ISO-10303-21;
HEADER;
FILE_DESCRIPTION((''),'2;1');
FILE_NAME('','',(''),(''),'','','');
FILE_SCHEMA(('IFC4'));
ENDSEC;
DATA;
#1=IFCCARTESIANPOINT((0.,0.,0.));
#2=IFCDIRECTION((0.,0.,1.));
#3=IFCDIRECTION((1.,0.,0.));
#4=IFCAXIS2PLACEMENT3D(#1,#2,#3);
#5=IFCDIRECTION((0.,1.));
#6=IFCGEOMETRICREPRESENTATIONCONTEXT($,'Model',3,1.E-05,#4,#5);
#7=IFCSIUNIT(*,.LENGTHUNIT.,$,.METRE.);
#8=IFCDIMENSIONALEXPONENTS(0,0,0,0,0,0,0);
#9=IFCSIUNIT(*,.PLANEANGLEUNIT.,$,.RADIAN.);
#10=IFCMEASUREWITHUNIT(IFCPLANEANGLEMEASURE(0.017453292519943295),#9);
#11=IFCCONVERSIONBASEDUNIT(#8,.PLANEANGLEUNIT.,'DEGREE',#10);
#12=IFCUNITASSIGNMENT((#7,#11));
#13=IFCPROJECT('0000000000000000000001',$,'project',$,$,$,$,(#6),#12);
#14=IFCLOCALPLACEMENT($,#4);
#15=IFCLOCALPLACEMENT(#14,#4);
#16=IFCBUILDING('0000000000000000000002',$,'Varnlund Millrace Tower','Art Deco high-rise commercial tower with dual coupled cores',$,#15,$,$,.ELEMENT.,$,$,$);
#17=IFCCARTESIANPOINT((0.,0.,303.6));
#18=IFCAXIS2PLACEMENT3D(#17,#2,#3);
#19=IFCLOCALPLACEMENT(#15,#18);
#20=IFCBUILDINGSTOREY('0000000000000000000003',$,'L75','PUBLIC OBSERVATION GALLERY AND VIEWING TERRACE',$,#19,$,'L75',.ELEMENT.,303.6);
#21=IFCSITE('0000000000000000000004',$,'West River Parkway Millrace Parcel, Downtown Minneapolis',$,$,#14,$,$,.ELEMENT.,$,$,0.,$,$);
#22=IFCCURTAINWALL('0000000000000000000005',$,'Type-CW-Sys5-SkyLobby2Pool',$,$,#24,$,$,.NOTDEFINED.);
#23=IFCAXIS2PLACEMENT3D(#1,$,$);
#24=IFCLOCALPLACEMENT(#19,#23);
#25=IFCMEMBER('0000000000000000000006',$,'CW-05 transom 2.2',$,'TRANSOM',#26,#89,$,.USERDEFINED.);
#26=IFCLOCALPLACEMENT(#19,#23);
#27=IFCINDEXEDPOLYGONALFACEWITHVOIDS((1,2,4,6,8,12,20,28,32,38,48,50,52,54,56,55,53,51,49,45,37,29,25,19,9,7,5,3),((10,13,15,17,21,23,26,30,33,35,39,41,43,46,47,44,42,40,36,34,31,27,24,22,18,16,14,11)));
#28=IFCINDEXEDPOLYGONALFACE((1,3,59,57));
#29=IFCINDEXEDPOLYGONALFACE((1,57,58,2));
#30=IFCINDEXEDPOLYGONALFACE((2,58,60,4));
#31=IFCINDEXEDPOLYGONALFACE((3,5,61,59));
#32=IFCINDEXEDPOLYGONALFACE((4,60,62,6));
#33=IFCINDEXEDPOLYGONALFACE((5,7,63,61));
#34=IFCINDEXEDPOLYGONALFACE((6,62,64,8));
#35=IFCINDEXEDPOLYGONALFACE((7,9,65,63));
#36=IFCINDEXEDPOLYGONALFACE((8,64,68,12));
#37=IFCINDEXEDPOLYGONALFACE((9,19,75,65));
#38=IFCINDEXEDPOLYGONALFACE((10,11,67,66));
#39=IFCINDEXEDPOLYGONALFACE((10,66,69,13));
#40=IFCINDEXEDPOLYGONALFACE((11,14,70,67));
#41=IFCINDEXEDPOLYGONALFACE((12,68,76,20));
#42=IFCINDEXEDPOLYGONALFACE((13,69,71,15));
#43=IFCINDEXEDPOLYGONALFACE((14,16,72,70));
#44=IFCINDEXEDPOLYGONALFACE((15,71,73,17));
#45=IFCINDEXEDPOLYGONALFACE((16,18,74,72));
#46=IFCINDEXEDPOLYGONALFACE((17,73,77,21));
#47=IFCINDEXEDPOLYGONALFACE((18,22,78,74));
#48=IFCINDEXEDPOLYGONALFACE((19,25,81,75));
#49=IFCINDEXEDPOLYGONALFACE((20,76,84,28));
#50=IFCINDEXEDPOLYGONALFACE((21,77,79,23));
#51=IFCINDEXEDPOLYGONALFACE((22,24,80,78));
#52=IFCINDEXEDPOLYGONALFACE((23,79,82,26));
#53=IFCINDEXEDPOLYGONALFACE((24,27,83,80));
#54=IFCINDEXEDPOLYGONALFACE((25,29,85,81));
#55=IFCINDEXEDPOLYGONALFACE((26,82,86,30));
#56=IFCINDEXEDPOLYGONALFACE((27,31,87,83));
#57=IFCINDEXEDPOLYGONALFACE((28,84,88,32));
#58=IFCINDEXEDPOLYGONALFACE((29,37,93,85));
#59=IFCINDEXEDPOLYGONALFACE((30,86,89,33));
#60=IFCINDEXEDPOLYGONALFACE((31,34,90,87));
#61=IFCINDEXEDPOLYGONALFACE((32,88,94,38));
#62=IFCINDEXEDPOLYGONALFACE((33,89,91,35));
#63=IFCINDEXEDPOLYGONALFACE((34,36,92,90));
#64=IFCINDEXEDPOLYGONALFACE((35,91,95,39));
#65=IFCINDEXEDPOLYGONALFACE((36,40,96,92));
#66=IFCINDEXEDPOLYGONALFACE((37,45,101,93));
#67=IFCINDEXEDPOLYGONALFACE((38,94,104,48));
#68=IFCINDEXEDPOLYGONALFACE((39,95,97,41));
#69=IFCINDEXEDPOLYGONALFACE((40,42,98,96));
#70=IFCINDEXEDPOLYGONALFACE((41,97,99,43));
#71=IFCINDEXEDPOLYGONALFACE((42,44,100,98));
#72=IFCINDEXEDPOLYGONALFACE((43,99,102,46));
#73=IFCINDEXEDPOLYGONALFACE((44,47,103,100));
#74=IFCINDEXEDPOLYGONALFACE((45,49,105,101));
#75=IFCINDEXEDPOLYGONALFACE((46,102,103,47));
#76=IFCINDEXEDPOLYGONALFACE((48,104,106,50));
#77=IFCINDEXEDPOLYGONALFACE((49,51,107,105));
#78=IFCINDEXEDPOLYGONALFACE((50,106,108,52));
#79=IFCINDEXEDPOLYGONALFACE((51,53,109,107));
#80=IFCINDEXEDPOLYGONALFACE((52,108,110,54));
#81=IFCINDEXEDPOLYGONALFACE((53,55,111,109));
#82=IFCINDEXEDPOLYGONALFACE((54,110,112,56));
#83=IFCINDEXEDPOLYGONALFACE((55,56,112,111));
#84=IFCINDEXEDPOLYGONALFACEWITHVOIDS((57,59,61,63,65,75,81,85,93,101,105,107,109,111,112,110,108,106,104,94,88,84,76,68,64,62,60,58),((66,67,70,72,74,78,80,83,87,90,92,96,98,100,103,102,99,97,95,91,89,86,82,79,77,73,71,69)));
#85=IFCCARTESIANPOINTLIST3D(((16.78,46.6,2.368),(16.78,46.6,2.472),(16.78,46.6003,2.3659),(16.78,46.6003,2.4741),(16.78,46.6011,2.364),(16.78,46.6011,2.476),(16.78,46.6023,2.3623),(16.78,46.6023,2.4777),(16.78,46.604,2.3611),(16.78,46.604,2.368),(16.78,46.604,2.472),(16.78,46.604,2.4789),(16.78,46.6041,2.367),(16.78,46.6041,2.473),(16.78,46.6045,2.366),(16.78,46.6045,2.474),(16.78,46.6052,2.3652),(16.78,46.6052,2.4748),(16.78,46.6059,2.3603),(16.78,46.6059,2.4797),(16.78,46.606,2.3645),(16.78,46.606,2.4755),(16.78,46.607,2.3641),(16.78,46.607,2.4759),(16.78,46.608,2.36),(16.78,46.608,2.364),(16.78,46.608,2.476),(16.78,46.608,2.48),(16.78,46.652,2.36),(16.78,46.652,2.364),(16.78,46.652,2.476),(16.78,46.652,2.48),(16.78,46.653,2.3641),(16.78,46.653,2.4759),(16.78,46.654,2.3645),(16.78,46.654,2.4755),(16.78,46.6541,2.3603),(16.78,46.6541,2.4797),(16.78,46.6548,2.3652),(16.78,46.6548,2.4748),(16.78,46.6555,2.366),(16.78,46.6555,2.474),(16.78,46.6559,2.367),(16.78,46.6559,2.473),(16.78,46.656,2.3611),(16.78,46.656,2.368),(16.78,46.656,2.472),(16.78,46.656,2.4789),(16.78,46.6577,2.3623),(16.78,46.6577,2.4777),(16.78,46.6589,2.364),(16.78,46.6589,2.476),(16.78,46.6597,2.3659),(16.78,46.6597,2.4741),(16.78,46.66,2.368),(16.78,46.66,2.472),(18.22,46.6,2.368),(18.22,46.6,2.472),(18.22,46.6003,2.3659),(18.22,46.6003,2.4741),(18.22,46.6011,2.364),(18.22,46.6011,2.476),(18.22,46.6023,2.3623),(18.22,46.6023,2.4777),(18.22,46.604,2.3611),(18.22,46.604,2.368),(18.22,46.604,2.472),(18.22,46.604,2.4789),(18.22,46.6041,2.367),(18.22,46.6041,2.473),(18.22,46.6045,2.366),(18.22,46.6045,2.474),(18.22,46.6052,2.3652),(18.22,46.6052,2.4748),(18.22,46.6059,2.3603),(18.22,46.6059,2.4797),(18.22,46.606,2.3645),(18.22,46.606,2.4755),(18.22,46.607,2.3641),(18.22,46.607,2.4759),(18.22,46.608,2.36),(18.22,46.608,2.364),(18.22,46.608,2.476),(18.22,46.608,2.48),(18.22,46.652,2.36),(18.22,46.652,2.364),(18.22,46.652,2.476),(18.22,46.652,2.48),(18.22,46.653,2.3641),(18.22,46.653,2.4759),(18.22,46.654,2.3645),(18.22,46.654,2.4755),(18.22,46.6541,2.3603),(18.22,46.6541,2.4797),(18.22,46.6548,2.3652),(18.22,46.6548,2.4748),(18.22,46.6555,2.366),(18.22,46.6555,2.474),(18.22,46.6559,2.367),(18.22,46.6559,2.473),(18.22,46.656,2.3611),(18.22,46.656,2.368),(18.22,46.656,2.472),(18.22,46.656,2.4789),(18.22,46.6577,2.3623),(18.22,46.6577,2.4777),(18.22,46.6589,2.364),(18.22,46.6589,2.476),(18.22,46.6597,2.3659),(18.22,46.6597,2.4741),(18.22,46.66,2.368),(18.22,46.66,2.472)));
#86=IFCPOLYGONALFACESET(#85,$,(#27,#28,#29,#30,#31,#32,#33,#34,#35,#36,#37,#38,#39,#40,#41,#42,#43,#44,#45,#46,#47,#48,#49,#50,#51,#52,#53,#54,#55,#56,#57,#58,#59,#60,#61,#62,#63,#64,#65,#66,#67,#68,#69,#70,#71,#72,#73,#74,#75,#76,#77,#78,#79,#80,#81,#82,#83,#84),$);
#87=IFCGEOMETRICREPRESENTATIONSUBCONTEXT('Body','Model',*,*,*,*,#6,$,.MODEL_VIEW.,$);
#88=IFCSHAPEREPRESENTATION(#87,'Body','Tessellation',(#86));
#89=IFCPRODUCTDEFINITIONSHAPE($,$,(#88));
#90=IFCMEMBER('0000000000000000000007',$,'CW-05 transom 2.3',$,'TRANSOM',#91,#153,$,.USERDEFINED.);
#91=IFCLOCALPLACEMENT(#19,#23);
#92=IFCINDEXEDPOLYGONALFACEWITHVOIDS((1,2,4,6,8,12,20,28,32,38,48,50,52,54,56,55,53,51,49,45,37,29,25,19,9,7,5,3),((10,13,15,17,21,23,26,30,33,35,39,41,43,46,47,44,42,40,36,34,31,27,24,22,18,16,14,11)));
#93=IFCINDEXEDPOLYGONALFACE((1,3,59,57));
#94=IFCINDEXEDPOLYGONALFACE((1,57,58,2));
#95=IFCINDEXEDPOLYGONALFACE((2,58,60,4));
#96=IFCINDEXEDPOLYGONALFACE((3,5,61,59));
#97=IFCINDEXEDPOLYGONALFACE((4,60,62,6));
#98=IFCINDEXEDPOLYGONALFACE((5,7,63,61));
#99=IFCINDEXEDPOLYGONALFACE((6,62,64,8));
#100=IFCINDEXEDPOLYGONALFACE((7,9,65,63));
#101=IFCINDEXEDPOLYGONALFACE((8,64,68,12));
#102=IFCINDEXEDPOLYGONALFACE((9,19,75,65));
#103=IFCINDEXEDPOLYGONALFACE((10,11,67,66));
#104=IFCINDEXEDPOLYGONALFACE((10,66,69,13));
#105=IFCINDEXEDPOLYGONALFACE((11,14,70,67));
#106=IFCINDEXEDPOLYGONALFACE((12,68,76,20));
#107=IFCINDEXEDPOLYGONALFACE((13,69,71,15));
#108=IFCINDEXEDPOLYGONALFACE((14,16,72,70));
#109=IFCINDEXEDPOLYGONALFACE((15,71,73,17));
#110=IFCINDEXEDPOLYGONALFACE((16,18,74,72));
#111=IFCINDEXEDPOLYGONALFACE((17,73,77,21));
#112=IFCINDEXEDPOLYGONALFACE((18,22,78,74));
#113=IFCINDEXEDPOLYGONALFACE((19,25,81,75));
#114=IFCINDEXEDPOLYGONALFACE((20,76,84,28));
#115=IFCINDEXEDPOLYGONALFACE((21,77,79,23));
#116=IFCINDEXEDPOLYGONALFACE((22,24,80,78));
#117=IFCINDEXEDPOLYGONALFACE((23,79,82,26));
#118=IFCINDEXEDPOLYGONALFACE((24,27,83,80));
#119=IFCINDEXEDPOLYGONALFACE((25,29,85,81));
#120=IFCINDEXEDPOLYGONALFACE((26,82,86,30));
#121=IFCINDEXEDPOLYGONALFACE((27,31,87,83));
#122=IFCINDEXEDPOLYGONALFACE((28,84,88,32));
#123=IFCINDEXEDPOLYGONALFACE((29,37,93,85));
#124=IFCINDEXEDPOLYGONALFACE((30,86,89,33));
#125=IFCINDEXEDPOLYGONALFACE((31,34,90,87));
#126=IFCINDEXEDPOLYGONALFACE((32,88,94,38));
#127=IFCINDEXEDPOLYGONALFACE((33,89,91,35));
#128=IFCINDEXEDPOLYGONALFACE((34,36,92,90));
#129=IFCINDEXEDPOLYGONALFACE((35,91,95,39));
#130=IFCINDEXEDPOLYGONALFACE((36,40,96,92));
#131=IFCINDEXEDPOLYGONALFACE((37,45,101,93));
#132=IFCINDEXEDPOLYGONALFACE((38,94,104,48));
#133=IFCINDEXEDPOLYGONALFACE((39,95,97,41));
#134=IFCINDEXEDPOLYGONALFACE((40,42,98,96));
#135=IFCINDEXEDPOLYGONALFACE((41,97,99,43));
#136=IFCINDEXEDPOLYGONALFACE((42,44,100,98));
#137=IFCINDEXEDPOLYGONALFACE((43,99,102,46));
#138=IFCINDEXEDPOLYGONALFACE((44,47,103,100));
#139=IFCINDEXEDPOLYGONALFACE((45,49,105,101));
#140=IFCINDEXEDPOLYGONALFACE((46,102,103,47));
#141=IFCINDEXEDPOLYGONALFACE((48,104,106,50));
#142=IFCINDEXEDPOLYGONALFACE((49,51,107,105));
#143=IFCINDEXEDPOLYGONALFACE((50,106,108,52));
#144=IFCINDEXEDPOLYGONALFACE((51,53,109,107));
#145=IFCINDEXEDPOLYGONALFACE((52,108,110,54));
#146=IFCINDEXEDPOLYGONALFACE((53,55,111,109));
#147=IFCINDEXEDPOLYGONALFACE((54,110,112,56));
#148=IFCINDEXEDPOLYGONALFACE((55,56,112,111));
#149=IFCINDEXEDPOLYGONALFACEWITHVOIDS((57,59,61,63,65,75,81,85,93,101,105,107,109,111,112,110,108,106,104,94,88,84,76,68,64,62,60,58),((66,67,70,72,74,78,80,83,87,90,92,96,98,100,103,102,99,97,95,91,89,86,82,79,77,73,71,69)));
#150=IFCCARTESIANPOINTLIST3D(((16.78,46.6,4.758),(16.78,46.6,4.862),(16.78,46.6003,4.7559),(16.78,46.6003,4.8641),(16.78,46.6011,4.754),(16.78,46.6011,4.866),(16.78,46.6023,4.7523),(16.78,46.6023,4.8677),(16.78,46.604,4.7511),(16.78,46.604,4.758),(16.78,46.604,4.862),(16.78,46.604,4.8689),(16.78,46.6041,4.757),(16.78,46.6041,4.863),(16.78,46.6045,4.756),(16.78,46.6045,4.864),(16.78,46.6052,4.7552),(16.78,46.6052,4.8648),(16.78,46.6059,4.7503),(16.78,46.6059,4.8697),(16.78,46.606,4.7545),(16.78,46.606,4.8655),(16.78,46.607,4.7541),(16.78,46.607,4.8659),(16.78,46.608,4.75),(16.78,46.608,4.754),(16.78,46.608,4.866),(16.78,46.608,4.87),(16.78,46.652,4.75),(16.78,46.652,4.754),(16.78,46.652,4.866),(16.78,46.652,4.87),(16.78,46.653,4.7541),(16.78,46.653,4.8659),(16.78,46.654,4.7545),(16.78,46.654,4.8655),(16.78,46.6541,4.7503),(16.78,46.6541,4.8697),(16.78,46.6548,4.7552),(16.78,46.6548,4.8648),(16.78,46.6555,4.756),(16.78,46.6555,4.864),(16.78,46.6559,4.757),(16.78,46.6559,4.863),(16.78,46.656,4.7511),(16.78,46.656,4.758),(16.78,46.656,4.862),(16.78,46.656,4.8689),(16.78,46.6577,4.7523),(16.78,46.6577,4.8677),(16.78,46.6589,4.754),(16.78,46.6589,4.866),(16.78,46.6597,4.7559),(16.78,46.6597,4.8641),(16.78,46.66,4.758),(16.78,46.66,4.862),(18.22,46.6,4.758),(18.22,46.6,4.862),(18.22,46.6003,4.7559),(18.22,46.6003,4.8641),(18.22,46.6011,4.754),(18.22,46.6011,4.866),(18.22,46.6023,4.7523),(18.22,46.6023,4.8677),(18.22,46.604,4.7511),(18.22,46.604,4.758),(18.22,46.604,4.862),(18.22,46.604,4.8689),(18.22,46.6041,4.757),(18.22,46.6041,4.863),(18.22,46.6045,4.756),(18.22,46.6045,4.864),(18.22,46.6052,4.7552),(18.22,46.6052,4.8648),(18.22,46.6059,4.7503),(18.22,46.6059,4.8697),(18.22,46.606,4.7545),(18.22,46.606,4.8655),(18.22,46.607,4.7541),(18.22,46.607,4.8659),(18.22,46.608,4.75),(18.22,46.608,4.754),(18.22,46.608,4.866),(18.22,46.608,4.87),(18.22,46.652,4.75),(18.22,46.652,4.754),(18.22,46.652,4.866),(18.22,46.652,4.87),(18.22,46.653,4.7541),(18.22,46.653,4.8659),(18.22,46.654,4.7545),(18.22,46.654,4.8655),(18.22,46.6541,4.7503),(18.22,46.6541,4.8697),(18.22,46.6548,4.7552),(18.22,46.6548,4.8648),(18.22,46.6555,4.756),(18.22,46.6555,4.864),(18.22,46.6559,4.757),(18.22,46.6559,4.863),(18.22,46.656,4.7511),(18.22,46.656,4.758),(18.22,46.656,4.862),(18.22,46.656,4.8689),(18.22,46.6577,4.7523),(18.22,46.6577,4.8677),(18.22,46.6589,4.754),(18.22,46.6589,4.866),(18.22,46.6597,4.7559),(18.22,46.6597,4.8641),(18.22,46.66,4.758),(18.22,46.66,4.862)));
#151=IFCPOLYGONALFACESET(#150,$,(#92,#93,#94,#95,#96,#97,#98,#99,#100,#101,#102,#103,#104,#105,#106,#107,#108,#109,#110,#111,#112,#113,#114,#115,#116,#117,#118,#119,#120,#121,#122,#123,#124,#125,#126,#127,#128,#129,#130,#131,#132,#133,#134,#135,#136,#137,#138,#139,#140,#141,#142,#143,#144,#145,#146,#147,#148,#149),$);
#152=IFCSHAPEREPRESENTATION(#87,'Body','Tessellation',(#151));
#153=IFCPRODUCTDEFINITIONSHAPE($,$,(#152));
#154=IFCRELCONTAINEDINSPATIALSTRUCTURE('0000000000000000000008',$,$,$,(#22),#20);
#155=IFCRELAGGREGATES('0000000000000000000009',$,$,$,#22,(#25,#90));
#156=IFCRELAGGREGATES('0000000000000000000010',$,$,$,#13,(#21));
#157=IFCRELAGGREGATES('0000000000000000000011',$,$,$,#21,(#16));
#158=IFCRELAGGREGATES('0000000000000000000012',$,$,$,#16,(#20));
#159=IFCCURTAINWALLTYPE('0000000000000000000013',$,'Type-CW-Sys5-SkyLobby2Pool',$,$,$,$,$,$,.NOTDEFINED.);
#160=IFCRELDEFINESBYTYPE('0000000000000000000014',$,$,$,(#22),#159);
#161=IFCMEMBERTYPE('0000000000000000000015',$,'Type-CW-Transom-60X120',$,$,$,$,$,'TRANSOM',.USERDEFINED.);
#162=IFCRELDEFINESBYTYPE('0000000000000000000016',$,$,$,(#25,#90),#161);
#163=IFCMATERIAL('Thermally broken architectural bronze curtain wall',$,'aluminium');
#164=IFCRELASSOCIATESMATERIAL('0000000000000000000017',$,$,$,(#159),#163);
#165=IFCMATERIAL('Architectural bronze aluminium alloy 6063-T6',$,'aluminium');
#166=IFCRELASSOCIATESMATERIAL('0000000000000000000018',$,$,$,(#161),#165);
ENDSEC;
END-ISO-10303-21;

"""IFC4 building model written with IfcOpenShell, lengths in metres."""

from ifc_helpers import new_model, entity, si_unit, converted_unit, direction, frame, origin_with_axes, origin_2d_with_axis, place, context, subcontext, project, spatial, hollow_rectangle, extrude, material, material_profile, profile_set, type_object, element, aggregate, save


model = new_model("IFC4")

# Units and contexts
model_context = context("Model", 3, precision=1e-05, world=origin_with_axes(), true_north=direction((0.0, 1.0)))
body_context = subcontext(model_context, "Body", "Model", "MODEL_VIEW")
ifc_project = project(units=[si_unit("LENGTHUNIT", "METRE"), converted_unit("PLANEANGLEUNIT", "DEGREE", entity("IfcPlaneAngleMeasure", 0.017453292519943295), si_unit("PLANEANGLEUNIT", "RADIAN"), dimensions=[0, 0, 0, 0, 0, 0, 0])], contexts=[model_context])

# Site, building, storey
site_placement = place(None, origin_with_axes())
site = spatial("IfcSite", under=ifc_project, at=site_placement, Name="West River Parkway Millrace Parcel, Downtown Minneapolis", CompositionType="ELEMENT", RefElevation=0.0)
building_placement = place(site_placement, origin_with_axes())
building = spatial("IfcBuilding", under=site, at=building_placement, Name="Varnlund Millrace Tower", Description="Art Deco high-rise commercial tower with dual coupled cores", CompositionType="ELEMENT")
storey_placement = place(building_placement, frame((0.0, 0.0, 303.6), z_axis=(0.0, 0.0, 1.0), x_axis=(1.0, 0.0, 0.0)))
storey = spatial("IfcBuildingStorey", under=building, at=storey_placement, Name="L75", Description="PUBLIC OBSERVATION GALLERY AND VIEWING TERRACE", LongName="L75", CompositionType="ELEMENT", Elevation=303.6)

# Curtain wall, members
ifc_material_1 = material(Name="Thermally broken architectural bronze curtain wall", Category="aluminium")
curtain_wall_type = type_object("IfcCurtainWallType", Name="Type-CW-Sys5-SkyLobby2Pool", PredefinedType="NOTDEFINED", material=ifc_material_1)
curtain_wall_placement = place(storey_placement, frame((15.25, 46.63, 0.0), z_axis=(0.0, 0.0, 1.0), x_axis=(1.0, 0.0, 0.0)))
curtain_wall = element("IfcCurtainWall", 1, at=curtain_wall_placement, inside=storey, type_object=curtain_wall_type, Name="Type-CW-Sys5-SkyLobby2Pool", PredefinedType="NOTDEFINED")
ifc_material_2 = material(Name="Architectural bronze aluminium alloy 6063-T6", Category="aluminium")
ifc_material_profile_1 = material_profile(ifc_material_2, hollow_rectangle(XDim=0.06, YDim=0.12, WallThickness=0.004, InnerFilletRadius=0.004, OuterFilletRadius=0.008, at=origin_2d_with_axis()), Name="Architectural bronze aluminium alloy 6063-T6")
ifc_profile_set_1 = profile_set([ifc_material_profile_1], Name="Architectural bronze aluminium alloy 6063-T6")
member_type = type_object("IfcMemberType", Name="Type-CW-Transom-60X120", ElementType="TRANSOM", PredefinedType="USERDEFINED", material=ifc_profile_set_1)
member_1_placement = place(storey_placement, frame((16.78, 46.63, 2.42), z_axis=(1.0, 0.0, 0.0), x_axis=(0.0, 1.0, 0.0)))
member_1 = element("IfcMember", 2, at=member_1_placement, type_object=member_type, Name="CW-05 transom 2.2", ObjectType="TRANSOM", PredefinedType="USERDEFINED", context=body_context, shape_type="SweptSolid", body=[
    extrude(hollow_rectangle(XDim=0.06, YDim=0.12, WallThickness=0.004, InnerFilletRadius=0.004, OuterFilletRadius=0.008, at=origin_2d_with_axis()), origin_with_axes(), (0.0, 0.0, 1.0), 1.44),
])
member_2_placement = place(storey_placement, frame((16.78, 46.63, 4.81), z_axis=(1.0, 0.0, 0.0), x_axis=(0.0, 1.0, 0.0)))
member_2 = element("IfcMember", 3, at=member_2_placement, type_object=member_type, Name="CW-05 transom 2.3", ObjectType="TRANSOM", PredefinedType="USERDEFINED", context=body_context, shape_type="SweptSolid", body=[
    extrude(hollow_rectangle(XDim=0.06, YDim=0.12, WallThickness=0.004, InnerFilletRadius=0.004, OuterFilletRadius=0.008, at=origin_2d_with_axis()), origin_with_axes(), (0.0, 0.0, 1.0), 1.44),
])

aggregate(curtain_wall, [member_1, member_2])

save(model, "model.ifc")
